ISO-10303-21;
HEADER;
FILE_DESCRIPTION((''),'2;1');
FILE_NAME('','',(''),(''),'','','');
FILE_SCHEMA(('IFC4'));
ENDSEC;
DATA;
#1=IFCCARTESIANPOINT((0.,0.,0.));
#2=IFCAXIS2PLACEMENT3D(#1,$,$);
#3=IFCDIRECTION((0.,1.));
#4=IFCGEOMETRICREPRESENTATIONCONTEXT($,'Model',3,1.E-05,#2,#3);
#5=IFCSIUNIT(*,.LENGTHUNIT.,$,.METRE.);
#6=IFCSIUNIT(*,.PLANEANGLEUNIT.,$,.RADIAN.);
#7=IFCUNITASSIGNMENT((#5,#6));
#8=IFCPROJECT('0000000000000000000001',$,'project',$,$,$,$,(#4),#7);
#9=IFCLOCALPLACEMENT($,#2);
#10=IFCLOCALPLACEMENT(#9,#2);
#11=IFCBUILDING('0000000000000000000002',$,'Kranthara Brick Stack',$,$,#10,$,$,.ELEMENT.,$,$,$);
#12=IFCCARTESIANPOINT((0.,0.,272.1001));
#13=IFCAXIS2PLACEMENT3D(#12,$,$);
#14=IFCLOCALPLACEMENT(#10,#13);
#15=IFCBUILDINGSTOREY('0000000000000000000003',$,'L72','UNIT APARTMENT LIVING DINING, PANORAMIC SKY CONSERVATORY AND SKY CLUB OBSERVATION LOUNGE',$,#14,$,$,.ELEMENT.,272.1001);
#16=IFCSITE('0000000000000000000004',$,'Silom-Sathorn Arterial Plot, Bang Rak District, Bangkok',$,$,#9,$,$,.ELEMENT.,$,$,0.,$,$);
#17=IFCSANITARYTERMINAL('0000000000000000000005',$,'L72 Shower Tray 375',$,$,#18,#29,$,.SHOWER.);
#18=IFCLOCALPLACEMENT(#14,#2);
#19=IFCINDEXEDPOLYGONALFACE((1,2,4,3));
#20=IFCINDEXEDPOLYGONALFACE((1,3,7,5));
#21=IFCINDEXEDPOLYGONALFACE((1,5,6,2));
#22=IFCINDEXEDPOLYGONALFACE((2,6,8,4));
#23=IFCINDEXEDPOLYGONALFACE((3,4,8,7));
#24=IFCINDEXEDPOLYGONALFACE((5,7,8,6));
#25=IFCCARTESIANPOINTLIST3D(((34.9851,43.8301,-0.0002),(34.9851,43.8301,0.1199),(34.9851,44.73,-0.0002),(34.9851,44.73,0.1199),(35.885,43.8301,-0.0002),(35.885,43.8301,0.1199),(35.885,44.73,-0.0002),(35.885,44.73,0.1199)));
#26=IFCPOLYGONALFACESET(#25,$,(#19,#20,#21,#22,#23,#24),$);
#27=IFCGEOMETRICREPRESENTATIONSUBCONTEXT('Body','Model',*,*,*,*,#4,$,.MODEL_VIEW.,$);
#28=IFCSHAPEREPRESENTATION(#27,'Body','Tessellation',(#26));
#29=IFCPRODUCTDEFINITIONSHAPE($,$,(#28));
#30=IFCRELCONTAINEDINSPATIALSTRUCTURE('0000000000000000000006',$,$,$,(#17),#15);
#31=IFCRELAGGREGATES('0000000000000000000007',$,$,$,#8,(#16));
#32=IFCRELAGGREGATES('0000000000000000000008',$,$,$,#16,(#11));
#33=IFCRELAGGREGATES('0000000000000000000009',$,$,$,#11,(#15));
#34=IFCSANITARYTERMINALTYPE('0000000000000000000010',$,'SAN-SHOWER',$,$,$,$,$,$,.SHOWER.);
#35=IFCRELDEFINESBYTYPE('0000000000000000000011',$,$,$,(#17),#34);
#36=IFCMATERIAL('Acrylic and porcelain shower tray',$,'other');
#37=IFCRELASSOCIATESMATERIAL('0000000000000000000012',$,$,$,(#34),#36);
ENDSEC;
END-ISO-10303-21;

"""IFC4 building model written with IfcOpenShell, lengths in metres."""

from ifc_helpers import new_model, si_unit, direction, frame, origin, origin_2d, place, context, subcontext, project, spatial, rectangle, extrude, material, type_object, element, save


model = new_model("IFC4")

# Units and contexts
model_context = context("Model", 3, precision=1e-05, world=origin(), true_north=direction((0.0, 1.0)))
body_context = subcontext(model_context, "Body", "Model", "MODEL_VIEW")
ifc_project = project(units=[si_unit("LENGTHUNIT", "METRE"), si_unit("PLANEANGLEUNIT", "RADIAN")], contexts=[model_context])

# Site, building, storey
site_placement = place(None, origin())
site = spatial("IfcSite", under=ifc_project, at=site_placement, Name="Silom-Sathorn Arterial Plot, Bang Rak District, Bangkok", CompositionType="ELEMENT", RefElevation=0.0)
building_placement = place(site_placement, origin())
building = spatial("IfcBuilding", under=site, at=building_placement, Name="Kranthara Brick Stack", CompositionType="ELEMENT")
storey_placement = place(building_placement, frame((0.0, 0.0, 272.1001)))
storey = spatial("IfcBuildingStorey", under=building, at=storey_placement, Name="L72", Description="UNIT APARTMENT LIVING DINING, PANORAMIC SKY CONSERVATORY AND SKY CLUB OBSERVATION LOUNGE", CompositionType="ELEMENT", Elevation=272.1001)

# Sanitary terminal
ifc_material_1 = material(Name="Acrylic and porcelain shower tray", Category="other")
sanitary_terminal_type_1 = type_object("IfcSanitaryTerminalType", Name="SAN-SHOWER", PredefinedType="SHOWER", material=ifc_material_1)
sanitary_terminal_1_placement = place(storey_placement, frame((35.4351, 44.28, -0.0002), z_axis=(0.0, 0.0, 1.0), x_axis=(1.0, 0.0, 0.0)))
element("IfcSanitaryTerminal", 1, at=sanitary_terminal_1_placement, inside=storey, type_object=sanitary_terminal_type_1, Name="L72 Shower Tray 375", PredefinedType="SHOWER", context=body_context, shape_type="SweptSolid", body=[
    extrude(rectangle(XDim=0.8999, YDim=0.8999, at=origin_2d()), origin(), (0.0, 0.0, 1.0), 0.1201),
])

save(model, "model.ifc")
